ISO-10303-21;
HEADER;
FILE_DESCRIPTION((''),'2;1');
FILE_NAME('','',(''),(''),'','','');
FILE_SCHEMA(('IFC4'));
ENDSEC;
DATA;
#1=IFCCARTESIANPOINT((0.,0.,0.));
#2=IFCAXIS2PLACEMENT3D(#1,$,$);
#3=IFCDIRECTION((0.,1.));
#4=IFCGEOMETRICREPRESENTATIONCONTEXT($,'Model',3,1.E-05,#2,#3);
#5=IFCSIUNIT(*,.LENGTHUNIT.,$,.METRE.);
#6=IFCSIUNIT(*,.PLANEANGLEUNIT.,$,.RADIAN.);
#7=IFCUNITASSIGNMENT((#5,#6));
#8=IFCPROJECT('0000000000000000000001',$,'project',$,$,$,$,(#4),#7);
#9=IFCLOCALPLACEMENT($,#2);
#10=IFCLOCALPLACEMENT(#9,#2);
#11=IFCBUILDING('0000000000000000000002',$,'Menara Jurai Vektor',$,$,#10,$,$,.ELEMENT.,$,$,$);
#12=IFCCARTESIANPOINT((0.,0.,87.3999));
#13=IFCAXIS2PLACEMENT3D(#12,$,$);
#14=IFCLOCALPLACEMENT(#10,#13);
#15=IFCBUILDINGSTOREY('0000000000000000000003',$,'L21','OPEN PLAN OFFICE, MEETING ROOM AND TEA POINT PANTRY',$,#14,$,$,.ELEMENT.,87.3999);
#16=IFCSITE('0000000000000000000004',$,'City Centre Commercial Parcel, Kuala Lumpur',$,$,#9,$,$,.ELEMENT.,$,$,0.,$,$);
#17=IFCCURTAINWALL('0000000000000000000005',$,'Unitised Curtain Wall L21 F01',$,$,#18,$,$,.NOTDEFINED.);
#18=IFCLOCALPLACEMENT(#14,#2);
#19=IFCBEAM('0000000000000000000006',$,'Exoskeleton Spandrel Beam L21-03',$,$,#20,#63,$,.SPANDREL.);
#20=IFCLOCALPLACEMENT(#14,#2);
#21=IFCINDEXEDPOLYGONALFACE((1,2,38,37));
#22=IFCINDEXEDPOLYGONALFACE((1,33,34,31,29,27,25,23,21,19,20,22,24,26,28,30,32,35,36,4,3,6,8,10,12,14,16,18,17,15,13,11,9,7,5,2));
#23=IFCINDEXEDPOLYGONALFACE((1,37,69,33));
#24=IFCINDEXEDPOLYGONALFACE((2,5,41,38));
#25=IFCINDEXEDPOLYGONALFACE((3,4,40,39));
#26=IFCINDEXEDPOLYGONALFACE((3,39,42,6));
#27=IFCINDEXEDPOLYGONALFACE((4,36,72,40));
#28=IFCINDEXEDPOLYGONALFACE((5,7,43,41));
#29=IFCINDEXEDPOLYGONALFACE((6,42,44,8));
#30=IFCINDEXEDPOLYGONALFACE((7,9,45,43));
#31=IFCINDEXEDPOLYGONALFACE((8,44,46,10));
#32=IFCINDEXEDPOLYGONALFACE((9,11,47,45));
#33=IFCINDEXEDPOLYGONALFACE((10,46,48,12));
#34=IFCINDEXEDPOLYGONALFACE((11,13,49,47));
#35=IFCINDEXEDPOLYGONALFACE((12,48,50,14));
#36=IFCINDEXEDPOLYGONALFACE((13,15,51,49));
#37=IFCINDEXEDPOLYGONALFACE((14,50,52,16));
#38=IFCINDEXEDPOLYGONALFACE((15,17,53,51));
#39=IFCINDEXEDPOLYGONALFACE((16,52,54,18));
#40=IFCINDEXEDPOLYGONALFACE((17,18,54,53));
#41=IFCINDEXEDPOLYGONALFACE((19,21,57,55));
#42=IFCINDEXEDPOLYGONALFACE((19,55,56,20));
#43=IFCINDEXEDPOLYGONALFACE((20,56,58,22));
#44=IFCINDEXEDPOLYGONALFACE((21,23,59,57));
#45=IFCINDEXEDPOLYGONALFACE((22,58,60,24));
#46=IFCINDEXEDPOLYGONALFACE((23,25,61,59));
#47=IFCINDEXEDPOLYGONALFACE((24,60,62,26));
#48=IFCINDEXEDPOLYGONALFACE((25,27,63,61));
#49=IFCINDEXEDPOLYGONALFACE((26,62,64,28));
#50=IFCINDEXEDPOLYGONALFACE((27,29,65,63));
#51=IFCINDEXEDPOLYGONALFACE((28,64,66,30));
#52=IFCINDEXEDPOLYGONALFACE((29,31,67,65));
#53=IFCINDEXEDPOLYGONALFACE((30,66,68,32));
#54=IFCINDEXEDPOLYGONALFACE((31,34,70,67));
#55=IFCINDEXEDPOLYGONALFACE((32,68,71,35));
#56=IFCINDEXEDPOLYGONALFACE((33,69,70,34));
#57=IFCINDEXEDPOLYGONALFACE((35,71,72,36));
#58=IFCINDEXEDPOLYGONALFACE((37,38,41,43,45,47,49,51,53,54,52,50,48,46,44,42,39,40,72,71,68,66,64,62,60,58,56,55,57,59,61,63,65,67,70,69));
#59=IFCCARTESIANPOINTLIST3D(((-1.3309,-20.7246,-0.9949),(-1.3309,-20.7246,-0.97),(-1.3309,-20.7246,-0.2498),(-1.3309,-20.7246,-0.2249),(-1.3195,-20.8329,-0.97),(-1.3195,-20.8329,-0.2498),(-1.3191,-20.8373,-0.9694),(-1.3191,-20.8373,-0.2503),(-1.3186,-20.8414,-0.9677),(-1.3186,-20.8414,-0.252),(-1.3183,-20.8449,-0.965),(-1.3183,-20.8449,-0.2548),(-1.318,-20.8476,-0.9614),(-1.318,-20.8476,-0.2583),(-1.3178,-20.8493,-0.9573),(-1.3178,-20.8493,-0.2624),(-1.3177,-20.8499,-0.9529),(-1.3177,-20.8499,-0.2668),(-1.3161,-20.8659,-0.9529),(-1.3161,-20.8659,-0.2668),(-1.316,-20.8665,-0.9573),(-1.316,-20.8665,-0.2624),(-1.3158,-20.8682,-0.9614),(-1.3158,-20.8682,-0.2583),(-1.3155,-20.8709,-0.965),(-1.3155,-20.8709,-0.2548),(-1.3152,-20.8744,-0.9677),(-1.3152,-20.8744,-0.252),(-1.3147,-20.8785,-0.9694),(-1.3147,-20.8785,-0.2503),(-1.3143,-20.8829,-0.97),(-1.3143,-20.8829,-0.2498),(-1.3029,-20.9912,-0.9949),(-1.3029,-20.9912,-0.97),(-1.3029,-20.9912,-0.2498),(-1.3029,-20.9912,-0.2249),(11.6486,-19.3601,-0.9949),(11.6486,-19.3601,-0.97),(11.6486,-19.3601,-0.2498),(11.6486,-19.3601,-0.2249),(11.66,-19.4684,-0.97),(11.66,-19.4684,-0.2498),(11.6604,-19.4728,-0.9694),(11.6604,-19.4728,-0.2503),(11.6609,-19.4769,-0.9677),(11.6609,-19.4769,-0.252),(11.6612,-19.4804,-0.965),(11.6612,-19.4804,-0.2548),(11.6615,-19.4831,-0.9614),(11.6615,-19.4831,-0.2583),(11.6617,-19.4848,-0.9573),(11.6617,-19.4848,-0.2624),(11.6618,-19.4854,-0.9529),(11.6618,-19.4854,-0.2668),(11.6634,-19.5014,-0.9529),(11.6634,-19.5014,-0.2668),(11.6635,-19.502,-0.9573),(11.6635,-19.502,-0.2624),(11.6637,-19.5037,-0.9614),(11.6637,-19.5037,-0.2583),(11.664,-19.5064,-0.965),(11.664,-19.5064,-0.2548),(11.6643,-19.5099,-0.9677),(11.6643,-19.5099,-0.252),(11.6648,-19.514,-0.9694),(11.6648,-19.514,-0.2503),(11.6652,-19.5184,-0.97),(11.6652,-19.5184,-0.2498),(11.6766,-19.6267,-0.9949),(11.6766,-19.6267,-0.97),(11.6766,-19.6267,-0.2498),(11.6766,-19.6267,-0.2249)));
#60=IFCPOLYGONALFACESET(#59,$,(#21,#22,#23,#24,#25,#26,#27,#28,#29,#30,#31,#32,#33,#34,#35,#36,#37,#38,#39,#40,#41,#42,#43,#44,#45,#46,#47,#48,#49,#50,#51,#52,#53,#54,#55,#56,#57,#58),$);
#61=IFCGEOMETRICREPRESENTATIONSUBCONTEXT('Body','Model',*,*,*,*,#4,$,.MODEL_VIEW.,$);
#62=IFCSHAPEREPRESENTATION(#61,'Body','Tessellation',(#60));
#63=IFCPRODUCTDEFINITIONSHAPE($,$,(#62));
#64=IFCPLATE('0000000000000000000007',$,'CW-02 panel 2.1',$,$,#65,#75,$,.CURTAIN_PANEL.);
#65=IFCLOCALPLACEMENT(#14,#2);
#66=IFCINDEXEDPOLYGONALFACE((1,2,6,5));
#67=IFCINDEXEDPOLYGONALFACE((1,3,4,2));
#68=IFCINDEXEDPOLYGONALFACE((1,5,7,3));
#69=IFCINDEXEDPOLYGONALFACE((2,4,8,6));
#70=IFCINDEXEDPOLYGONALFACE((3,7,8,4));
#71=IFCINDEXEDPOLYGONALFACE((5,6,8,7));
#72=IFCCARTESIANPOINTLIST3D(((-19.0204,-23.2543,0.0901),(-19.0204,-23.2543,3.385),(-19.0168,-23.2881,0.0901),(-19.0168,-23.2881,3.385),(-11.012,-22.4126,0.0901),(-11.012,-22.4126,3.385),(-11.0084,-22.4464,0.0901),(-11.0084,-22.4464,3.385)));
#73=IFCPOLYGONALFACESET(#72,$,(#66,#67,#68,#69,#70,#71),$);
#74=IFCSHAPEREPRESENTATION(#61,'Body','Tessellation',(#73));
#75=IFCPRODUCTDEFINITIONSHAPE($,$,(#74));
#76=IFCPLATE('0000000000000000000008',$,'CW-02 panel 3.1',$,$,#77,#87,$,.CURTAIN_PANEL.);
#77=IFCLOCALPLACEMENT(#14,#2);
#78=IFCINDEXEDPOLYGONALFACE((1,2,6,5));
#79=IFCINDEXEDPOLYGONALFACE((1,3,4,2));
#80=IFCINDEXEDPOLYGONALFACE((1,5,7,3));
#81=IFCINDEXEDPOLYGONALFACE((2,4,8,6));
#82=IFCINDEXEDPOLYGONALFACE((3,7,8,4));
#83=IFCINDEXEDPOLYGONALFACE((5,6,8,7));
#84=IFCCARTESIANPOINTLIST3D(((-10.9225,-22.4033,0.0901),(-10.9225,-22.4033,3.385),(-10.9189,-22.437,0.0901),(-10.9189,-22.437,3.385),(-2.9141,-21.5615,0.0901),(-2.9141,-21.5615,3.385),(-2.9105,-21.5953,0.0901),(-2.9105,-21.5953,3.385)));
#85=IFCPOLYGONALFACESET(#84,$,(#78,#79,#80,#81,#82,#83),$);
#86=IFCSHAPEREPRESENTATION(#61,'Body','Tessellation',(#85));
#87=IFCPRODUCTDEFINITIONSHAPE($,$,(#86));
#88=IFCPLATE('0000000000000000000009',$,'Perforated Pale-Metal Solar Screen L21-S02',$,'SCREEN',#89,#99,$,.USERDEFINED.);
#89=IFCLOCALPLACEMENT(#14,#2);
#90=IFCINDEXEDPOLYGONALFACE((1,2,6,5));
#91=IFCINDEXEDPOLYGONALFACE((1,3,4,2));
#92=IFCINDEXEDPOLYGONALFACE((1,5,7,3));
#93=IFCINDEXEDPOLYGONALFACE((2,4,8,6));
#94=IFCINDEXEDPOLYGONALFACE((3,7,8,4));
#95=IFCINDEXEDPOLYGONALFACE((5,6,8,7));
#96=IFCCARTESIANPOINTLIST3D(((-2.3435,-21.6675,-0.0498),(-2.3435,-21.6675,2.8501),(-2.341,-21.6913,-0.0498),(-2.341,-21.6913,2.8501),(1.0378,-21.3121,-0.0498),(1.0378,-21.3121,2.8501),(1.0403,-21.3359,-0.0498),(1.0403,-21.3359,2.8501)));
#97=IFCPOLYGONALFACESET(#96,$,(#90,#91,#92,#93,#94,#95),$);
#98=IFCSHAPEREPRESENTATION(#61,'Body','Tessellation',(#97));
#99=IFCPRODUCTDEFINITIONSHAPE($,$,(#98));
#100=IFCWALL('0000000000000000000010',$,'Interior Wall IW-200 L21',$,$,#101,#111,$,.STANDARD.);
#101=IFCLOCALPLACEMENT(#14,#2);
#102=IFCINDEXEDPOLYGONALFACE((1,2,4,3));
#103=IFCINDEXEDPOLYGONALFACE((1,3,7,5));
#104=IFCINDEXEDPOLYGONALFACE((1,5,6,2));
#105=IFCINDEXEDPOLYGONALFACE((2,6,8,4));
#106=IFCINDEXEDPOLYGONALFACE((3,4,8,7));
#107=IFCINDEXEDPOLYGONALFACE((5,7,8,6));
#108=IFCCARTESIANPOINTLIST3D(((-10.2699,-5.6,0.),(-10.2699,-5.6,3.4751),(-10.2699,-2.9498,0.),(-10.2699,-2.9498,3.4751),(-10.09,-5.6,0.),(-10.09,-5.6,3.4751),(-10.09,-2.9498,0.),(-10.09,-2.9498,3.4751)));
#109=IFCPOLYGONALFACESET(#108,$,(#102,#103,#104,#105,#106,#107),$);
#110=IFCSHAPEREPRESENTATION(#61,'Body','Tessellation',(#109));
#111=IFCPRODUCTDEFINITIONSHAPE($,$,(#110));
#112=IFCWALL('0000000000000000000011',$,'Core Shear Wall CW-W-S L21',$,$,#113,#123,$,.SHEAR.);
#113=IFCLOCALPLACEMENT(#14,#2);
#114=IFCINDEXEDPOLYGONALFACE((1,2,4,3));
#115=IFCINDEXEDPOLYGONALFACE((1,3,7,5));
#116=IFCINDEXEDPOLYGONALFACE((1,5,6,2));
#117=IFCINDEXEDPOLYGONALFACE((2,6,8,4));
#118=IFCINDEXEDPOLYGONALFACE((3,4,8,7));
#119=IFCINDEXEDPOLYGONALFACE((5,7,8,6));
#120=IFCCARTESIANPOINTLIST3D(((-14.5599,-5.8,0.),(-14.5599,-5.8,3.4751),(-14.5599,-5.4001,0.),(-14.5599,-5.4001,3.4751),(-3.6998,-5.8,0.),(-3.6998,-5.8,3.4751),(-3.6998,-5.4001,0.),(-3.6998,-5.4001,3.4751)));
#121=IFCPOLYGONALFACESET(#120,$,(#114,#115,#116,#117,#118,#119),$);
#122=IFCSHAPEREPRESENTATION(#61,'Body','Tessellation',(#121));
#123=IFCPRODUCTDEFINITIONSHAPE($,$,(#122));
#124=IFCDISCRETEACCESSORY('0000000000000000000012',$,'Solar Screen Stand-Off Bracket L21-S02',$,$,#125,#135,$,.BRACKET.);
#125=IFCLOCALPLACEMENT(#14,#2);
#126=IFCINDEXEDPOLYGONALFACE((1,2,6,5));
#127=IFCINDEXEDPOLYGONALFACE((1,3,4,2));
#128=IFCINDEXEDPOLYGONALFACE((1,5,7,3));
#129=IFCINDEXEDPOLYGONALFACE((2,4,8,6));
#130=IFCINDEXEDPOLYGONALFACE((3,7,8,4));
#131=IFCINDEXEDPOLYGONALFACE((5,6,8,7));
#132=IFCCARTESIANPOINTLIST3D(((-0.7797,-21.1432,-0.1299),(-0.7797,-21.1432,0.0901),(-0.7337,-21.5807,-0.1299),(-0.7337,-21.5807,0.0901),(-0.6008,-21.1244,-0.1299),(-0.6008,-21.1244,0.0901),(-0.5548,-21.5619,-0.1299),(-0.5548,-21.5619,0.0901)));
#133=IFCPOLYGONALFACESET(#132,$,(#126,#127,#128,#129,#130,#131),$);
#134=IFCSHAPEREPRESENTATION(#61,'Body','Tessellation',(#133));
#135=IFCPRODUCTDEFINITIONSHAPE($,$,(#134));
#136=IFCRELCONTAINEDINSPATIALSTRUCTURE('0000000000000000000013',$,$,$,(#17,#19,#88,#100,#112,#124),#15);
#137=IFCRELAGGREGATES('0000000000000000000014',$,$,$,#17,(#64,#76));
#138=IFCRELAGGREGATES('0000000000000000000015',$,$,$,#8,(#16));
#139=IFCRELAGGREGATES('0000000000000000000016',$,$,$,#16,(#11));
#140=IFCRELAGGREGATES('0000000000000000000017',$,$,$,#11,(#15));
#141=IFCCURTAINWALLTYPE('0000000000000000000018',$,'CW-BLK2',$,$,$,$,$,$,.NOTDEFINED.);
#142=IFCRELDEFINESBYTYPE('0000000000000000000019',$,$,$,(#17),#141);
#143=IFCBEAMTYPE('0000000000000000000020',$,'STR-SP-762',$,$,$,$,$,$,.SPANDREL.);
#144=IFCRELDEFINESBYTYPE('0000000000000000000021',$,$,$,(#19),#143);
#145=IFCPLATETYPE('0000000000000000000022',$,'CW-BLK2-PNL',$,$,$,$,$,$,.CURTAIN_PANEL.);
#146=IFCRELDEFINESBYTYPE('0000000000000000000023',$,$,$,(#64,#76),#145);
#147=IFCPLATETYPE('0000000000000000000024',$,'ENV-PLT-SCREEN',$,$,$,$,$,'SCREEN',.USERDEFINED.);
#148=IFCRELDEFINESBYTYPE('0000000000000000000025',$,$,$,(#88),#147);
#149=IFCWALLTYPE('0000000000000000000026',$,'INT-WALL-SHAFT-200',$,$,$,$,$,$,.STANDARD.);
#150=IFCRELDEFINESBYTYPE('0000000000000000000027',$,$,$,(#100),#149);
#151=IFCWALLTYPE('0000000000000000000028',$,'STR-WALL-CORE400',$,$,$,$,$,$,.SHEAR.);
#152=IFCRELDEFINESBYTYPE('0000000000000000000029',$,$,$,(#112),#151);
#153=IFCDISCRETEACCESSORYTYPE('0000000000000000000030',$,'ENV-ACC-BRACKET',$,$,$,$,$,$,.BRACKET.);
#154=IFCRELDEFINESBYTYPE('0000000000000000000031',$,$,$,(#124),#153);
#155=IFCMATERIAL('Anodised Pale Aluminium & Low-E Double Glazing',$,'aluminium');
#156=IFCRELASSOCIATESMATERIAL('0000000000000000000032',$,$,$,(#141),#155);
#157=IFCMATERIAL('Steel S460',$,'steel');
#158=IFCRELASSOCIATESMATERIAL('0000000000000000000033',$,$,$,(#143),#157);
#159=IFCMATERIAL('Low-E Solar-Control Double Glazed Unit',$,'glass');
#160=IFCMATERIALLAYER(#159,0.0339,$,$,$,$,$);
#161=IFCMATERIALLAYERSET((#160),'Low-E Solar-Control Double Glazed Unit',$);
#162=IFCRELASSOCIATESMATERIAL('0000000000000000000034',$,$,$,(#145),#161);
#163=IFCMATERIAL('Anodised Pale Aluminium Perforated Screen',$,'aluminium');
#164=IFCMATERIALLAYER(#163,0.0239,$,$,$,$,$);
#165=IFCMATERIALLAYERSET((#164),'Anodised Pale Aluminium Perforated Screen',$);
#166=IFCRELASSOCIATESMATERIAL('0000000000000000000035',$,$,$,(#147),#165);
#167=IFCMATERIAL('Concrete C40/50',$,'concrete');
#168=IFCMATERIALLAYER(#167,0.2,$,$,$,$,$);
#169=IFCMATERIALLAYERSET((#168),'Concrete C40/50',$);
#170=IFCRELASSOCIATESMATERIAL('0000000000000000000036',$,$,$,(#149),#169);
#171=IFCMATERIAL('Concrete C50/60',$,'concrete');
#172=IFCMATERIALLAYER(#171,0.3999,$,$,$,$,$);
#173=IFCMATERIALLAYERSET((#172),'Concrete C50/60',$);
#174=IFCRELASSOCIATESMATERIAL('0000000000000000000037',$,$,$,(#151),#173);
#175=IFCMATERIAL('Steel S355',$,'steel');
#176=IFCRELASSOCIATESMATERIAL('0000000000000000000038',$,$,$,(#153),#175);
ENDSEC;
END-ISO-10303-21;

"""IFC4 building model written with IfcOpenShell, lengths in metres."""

from ifc_helpers import new_model, si_unit, direction, frame, frame_2d, origin, origin_2d, place, context, subcontext, project, spatial, rectangle, i_section, extrude, material, layer, layer_set, material_profile, profile_set, type_object, element, aggregate, save


model = new_model("IFC4")

# Units and contexts
model_context = context("Model", 3, precision=1e-05, world=origin(), true_north=direction((0.0, 1.0)))
body_context = subcontext(model_context, "Body", "Model", "MODEL_VIEW")
ifc_project = project(units=[si_unit("LENGTHUNIT", "METRE"), si_unit("PLANEANGLEUNIT", "RADIAN")], contexts=[model_context])

# Site, building, storey
site_placement = place(None, origin())
site = spatial("IfcSite", under=ifc_project, at=site_placement, Name="City Centre Commercial Parcel, Kuala Lumpur", CompositionType="ELEMENT", RefElevation=0.0)
building_placement = place(site_placement, origin())
building = spatial("IfcBuilding", under=site, at=building_placement, Name="Menara Jurai Vektor", CompositionType="ELEMENT")
storey_placement = place(building_placement, frame((0.0, 0.0, 87.3999)))
storey = spatial("IfcBuildingStorey", under=building, at=storey_placement, Name="L21", Description="OPEN PLAN OFFICE, MEETING ROOM AND TEA POINT PANTRY", CompositionType="ELEMENT", Elevation=87.3999)

# Shared definitions
ifc_material_1 = material(Name="Concrete C50/60", Category="concrete")
ifc_material_2 = material(Name="Steel S460", Category="steel")

# Curtain wall
ifc_material_3 = material(Name="Anodised Pale Aluminium & Low-E Double Glazing", Category="aluminium")
curtain_wall_type = type_object("IfcCurtainWallType", Name="CW-BLK2", PredefinedType="NOTDEFINED", material=ifc_material_3)
curtain_wall_placement = place(storey_placement, origin())
curtain_wall = element("IfcCurtainWall", 1, at=curtain_wall_placement, inside=storey, type_object=curtain_wall_type, Name="Unitised Curtain Wall L21 F01", PredefinedType="NOTDEFINED")

# Beam
ifc_material_4 = material(Name="Steel S355", Category="steel")
ifc_material_profile_1 = material_profile(ifc_material_2, i_section(OverallWidth=0.2681, OverallDepth=0.77, WebThickness=0.0161, FlangeThickness=0.0249, FilletRadius=0.0171, at=origin_2d()), Name="UKB 762x267x197")
ifc_profile_set_1 = profile_set([ifc_material_profile_1], Name="Steel S460")
beam_type_1 = type_object("IfcBeamType", Name="STR-SP-762", PredefinedType="SPANDREL", material=ifc_profile_set_1)
beam_1_placement = place(storey_placement, frame((-1.3169, -20.8579, -0.6099), z_axis=(0.994519, 0.104551, 0.0), x_axis=(-0.104551, 0.994519, 0.0)))
element("IfcBeam", 2, at=beam_1_placement, inside=storey, type_object=beam_type_1, Name="Exoskeleton Spandrel Beam L21-03", PredefinedType="SPANDREL", context=body_context, shape_type="SweptSolid", body=[
    extrude(i_section(OverallWidth=0.2681, OverallDepth=0.77, WebThickness=0.0161, FlangeThickness=0.0249, FilletRadius=0.0171, at=origin_2d()), origin(), (0.0, 0.0, 1.0), 13.051),
])

# Plates
ifc_material_5 = material(Name="Low-E Solar-Control Double Glazed Unit", Category="glass")
ifc_layer_1 = layer(ifc_material_5, 0.0339)
ifc_layer_set_1 = layer_set([ifc_layer_1], Name="Low-E Solar-Control Double Glazed Unit")
plate_type_1 = type_object("IfcPlateType", Name="CW-BLK2-PNL", PredefinedType="CURTAIN_PANEL", material=ifc_layer_set_1)
plate_1_placement = place(storey_placement, frame((-15.0144, -22.8503, 0.0901), z_axis=(0.0, 0.0, 1.0), x_axis=(0.994522, 0.104529, 0.0)))
plate_1 = element("IfcPlate", 3, at=plate_1_placement, type_object=plate_type_1, Name="CW-02 panel 2.1", PredefinedType="CURTAIN_PANEL", context=body_context, shape_type="SweptSolid", body=[
    extrude(rectangle(XDim=8.0525, YDim=0.0339, at=origin_2d()), origin(), (0.0, 0.0, 1.0), 3.2949),
])
plate_2_placement = place(storey_placement, frame((-6.9165, -21.9993, 0.0901), z_axis=(0.0, 0.0, 1.0), x_axis=(0.994522, 0.104529, 0.0)))
plate_2 = element("IfcPlate", 4, at=plate_2_placement, type_object=plate_type_1, Name="CW-02 panel 3.1", PredefinedType="CURTAIN_PANEL", context=body_context, shape_type="SweptSolid", body=[
    extrude(rectangle(XDim=8.0525, YDim=0.0339, at=origin_2d()), origin(), (0.0, 0.0, 1.0), 3.2949),
])
aggregate(curtain_wall, [plate_1, plate_2])
ifc_material_6 = material(Name="Anodised Pale Aluminium Perforated Screen", Category="aluminium")
ifc_layer_2 = layer(ifc_material_6, 0.0239)
ifc_layer_set_2 = layer_set([ifc_layer_2], Name="Anodised Pale Aluminium Perforated Screen")
plate_type_2 = type_object("IfcPlateType", Name="ENV-PLT-SCREEN", ElementType="SCREEN", PredefinedType="USERDEFINED", material=ifc_layer_set_2)
plate_3_placement = place(storey_placement, frame((-0.6516, -21.5017, -0.0498), z_axis=(0.0, 0.0, 1.0), x_axis=(0.994522, 0.104528, 0.0)))
element("IfcPlate", 5, at=plate_3_placement, inside=storey, type_object=plate_type_2, Name="Perforated Pale-Metal Solar Screen L21-S02", ObjectType="SCREEN", PredefinedType="USERDEFINED", context=body_context, shape_type="SweptSolid", body=[
    extrude(rectangle(XDim=3.3999, YDim=0.0239, at=origin_2d()), origin(), (0.0, 0.0, 1.0), 2.8999),
])

# Walls
ifc_material_7 = material(Name="Concrete C40/50", Category="concrete")
ifc_layer_3 = layer(ifc_material_7, 0.2)
ifc_layer_set_3 = layer_set([ifc_layer_3], Name="Concrete C40/50")
wall_type_1 = type_object("IfcWallType", Name="INT-WALL-SHAFT-200", PredefinedType="STANDARD", material=ifc_layer_set_3)
wall_1_placement = place(storey_placement, frame((-10.1799, -5.6001, 0.0), z_axis=(0.0, 0.0, 1.0), x_axis=(0.0, 1.0, 0.0)))
element("IfcWall", 6, at=wall_1_placement, inside=storey, type_object=wall_type_1, Name="Interior Wall IW-200 L21", PredefinedType="STANDARD", context=body_context, shape_type="SweptSolid", body=[
    extrude(rectangle(XDim=2.6501, YDim=0.1799, at=frame_2d((1.3252, 0.0))), origin(), (0.0, 0.0, 1.0), 3.4751),
])
ifc_layer_4 = layer(ifc_material_1, 0.3999)
ifc_layer_set_4 = layer_set([ifc_layer_4], Name="Concrete C50/60")
wall_type_2 = type_object("IfcWallType", Name="STR-WALL-CORE400", PredefinedType="SHEAR", material=ifc_layer_set_4)
wall_2_placement = place(storey_placement, frame((-14.5601, -5.6001, 0.0), z_axis=(0.0, 0.0, 1.0), x_axis=(1.0, 0.0, 0.0)))
element("IfcWall", 7, at=wall_2_placement, inside=storey, type_object=wall_type_2, Name="Core Shear Wall CW-W-S L21", PredefinedType="SHEAR", context=body_context, shape_type="SweptSolid", body=[
    extrude(rectangle(XDim=10.8601, YDim=0.3999, at=frame_2d((5.4302, 0.0))), origin(), (0.0, 0.0, 1.0), 3.4751),
])

# Discrete accessory
discrete_accessory_type = type_object("IfcDiscreteAccessoryType", Name="ENV-ACC-BRACKET", PredefinedType="BRACKET", material=ifc_material_4)
discrete_accessory_placement = place(storey_placement, frame((-0.6672, -21.3525, -0.1299), z_axis=(0.0, 0.0, 1.0), x_axis=(0.994522, 0.104528, 0.0)))
element("IfcDiscreteAccessory", 8, at=discrete_accessory_placement, inside=storey, type_object=discrete_accessory_type, Name="Solar Screen Stand-Off Bracket L21-S02", PredefinedType="BRACKET", context=body_context, shape_type="SweptSolid", body=[
    extrude(rectangle(XDim=0.1799, YDim=0.4399, at=origin_2d()), origin(), (0.0, 0.0, 1.0), 0.22),
])

save(model, "model.ifc")
